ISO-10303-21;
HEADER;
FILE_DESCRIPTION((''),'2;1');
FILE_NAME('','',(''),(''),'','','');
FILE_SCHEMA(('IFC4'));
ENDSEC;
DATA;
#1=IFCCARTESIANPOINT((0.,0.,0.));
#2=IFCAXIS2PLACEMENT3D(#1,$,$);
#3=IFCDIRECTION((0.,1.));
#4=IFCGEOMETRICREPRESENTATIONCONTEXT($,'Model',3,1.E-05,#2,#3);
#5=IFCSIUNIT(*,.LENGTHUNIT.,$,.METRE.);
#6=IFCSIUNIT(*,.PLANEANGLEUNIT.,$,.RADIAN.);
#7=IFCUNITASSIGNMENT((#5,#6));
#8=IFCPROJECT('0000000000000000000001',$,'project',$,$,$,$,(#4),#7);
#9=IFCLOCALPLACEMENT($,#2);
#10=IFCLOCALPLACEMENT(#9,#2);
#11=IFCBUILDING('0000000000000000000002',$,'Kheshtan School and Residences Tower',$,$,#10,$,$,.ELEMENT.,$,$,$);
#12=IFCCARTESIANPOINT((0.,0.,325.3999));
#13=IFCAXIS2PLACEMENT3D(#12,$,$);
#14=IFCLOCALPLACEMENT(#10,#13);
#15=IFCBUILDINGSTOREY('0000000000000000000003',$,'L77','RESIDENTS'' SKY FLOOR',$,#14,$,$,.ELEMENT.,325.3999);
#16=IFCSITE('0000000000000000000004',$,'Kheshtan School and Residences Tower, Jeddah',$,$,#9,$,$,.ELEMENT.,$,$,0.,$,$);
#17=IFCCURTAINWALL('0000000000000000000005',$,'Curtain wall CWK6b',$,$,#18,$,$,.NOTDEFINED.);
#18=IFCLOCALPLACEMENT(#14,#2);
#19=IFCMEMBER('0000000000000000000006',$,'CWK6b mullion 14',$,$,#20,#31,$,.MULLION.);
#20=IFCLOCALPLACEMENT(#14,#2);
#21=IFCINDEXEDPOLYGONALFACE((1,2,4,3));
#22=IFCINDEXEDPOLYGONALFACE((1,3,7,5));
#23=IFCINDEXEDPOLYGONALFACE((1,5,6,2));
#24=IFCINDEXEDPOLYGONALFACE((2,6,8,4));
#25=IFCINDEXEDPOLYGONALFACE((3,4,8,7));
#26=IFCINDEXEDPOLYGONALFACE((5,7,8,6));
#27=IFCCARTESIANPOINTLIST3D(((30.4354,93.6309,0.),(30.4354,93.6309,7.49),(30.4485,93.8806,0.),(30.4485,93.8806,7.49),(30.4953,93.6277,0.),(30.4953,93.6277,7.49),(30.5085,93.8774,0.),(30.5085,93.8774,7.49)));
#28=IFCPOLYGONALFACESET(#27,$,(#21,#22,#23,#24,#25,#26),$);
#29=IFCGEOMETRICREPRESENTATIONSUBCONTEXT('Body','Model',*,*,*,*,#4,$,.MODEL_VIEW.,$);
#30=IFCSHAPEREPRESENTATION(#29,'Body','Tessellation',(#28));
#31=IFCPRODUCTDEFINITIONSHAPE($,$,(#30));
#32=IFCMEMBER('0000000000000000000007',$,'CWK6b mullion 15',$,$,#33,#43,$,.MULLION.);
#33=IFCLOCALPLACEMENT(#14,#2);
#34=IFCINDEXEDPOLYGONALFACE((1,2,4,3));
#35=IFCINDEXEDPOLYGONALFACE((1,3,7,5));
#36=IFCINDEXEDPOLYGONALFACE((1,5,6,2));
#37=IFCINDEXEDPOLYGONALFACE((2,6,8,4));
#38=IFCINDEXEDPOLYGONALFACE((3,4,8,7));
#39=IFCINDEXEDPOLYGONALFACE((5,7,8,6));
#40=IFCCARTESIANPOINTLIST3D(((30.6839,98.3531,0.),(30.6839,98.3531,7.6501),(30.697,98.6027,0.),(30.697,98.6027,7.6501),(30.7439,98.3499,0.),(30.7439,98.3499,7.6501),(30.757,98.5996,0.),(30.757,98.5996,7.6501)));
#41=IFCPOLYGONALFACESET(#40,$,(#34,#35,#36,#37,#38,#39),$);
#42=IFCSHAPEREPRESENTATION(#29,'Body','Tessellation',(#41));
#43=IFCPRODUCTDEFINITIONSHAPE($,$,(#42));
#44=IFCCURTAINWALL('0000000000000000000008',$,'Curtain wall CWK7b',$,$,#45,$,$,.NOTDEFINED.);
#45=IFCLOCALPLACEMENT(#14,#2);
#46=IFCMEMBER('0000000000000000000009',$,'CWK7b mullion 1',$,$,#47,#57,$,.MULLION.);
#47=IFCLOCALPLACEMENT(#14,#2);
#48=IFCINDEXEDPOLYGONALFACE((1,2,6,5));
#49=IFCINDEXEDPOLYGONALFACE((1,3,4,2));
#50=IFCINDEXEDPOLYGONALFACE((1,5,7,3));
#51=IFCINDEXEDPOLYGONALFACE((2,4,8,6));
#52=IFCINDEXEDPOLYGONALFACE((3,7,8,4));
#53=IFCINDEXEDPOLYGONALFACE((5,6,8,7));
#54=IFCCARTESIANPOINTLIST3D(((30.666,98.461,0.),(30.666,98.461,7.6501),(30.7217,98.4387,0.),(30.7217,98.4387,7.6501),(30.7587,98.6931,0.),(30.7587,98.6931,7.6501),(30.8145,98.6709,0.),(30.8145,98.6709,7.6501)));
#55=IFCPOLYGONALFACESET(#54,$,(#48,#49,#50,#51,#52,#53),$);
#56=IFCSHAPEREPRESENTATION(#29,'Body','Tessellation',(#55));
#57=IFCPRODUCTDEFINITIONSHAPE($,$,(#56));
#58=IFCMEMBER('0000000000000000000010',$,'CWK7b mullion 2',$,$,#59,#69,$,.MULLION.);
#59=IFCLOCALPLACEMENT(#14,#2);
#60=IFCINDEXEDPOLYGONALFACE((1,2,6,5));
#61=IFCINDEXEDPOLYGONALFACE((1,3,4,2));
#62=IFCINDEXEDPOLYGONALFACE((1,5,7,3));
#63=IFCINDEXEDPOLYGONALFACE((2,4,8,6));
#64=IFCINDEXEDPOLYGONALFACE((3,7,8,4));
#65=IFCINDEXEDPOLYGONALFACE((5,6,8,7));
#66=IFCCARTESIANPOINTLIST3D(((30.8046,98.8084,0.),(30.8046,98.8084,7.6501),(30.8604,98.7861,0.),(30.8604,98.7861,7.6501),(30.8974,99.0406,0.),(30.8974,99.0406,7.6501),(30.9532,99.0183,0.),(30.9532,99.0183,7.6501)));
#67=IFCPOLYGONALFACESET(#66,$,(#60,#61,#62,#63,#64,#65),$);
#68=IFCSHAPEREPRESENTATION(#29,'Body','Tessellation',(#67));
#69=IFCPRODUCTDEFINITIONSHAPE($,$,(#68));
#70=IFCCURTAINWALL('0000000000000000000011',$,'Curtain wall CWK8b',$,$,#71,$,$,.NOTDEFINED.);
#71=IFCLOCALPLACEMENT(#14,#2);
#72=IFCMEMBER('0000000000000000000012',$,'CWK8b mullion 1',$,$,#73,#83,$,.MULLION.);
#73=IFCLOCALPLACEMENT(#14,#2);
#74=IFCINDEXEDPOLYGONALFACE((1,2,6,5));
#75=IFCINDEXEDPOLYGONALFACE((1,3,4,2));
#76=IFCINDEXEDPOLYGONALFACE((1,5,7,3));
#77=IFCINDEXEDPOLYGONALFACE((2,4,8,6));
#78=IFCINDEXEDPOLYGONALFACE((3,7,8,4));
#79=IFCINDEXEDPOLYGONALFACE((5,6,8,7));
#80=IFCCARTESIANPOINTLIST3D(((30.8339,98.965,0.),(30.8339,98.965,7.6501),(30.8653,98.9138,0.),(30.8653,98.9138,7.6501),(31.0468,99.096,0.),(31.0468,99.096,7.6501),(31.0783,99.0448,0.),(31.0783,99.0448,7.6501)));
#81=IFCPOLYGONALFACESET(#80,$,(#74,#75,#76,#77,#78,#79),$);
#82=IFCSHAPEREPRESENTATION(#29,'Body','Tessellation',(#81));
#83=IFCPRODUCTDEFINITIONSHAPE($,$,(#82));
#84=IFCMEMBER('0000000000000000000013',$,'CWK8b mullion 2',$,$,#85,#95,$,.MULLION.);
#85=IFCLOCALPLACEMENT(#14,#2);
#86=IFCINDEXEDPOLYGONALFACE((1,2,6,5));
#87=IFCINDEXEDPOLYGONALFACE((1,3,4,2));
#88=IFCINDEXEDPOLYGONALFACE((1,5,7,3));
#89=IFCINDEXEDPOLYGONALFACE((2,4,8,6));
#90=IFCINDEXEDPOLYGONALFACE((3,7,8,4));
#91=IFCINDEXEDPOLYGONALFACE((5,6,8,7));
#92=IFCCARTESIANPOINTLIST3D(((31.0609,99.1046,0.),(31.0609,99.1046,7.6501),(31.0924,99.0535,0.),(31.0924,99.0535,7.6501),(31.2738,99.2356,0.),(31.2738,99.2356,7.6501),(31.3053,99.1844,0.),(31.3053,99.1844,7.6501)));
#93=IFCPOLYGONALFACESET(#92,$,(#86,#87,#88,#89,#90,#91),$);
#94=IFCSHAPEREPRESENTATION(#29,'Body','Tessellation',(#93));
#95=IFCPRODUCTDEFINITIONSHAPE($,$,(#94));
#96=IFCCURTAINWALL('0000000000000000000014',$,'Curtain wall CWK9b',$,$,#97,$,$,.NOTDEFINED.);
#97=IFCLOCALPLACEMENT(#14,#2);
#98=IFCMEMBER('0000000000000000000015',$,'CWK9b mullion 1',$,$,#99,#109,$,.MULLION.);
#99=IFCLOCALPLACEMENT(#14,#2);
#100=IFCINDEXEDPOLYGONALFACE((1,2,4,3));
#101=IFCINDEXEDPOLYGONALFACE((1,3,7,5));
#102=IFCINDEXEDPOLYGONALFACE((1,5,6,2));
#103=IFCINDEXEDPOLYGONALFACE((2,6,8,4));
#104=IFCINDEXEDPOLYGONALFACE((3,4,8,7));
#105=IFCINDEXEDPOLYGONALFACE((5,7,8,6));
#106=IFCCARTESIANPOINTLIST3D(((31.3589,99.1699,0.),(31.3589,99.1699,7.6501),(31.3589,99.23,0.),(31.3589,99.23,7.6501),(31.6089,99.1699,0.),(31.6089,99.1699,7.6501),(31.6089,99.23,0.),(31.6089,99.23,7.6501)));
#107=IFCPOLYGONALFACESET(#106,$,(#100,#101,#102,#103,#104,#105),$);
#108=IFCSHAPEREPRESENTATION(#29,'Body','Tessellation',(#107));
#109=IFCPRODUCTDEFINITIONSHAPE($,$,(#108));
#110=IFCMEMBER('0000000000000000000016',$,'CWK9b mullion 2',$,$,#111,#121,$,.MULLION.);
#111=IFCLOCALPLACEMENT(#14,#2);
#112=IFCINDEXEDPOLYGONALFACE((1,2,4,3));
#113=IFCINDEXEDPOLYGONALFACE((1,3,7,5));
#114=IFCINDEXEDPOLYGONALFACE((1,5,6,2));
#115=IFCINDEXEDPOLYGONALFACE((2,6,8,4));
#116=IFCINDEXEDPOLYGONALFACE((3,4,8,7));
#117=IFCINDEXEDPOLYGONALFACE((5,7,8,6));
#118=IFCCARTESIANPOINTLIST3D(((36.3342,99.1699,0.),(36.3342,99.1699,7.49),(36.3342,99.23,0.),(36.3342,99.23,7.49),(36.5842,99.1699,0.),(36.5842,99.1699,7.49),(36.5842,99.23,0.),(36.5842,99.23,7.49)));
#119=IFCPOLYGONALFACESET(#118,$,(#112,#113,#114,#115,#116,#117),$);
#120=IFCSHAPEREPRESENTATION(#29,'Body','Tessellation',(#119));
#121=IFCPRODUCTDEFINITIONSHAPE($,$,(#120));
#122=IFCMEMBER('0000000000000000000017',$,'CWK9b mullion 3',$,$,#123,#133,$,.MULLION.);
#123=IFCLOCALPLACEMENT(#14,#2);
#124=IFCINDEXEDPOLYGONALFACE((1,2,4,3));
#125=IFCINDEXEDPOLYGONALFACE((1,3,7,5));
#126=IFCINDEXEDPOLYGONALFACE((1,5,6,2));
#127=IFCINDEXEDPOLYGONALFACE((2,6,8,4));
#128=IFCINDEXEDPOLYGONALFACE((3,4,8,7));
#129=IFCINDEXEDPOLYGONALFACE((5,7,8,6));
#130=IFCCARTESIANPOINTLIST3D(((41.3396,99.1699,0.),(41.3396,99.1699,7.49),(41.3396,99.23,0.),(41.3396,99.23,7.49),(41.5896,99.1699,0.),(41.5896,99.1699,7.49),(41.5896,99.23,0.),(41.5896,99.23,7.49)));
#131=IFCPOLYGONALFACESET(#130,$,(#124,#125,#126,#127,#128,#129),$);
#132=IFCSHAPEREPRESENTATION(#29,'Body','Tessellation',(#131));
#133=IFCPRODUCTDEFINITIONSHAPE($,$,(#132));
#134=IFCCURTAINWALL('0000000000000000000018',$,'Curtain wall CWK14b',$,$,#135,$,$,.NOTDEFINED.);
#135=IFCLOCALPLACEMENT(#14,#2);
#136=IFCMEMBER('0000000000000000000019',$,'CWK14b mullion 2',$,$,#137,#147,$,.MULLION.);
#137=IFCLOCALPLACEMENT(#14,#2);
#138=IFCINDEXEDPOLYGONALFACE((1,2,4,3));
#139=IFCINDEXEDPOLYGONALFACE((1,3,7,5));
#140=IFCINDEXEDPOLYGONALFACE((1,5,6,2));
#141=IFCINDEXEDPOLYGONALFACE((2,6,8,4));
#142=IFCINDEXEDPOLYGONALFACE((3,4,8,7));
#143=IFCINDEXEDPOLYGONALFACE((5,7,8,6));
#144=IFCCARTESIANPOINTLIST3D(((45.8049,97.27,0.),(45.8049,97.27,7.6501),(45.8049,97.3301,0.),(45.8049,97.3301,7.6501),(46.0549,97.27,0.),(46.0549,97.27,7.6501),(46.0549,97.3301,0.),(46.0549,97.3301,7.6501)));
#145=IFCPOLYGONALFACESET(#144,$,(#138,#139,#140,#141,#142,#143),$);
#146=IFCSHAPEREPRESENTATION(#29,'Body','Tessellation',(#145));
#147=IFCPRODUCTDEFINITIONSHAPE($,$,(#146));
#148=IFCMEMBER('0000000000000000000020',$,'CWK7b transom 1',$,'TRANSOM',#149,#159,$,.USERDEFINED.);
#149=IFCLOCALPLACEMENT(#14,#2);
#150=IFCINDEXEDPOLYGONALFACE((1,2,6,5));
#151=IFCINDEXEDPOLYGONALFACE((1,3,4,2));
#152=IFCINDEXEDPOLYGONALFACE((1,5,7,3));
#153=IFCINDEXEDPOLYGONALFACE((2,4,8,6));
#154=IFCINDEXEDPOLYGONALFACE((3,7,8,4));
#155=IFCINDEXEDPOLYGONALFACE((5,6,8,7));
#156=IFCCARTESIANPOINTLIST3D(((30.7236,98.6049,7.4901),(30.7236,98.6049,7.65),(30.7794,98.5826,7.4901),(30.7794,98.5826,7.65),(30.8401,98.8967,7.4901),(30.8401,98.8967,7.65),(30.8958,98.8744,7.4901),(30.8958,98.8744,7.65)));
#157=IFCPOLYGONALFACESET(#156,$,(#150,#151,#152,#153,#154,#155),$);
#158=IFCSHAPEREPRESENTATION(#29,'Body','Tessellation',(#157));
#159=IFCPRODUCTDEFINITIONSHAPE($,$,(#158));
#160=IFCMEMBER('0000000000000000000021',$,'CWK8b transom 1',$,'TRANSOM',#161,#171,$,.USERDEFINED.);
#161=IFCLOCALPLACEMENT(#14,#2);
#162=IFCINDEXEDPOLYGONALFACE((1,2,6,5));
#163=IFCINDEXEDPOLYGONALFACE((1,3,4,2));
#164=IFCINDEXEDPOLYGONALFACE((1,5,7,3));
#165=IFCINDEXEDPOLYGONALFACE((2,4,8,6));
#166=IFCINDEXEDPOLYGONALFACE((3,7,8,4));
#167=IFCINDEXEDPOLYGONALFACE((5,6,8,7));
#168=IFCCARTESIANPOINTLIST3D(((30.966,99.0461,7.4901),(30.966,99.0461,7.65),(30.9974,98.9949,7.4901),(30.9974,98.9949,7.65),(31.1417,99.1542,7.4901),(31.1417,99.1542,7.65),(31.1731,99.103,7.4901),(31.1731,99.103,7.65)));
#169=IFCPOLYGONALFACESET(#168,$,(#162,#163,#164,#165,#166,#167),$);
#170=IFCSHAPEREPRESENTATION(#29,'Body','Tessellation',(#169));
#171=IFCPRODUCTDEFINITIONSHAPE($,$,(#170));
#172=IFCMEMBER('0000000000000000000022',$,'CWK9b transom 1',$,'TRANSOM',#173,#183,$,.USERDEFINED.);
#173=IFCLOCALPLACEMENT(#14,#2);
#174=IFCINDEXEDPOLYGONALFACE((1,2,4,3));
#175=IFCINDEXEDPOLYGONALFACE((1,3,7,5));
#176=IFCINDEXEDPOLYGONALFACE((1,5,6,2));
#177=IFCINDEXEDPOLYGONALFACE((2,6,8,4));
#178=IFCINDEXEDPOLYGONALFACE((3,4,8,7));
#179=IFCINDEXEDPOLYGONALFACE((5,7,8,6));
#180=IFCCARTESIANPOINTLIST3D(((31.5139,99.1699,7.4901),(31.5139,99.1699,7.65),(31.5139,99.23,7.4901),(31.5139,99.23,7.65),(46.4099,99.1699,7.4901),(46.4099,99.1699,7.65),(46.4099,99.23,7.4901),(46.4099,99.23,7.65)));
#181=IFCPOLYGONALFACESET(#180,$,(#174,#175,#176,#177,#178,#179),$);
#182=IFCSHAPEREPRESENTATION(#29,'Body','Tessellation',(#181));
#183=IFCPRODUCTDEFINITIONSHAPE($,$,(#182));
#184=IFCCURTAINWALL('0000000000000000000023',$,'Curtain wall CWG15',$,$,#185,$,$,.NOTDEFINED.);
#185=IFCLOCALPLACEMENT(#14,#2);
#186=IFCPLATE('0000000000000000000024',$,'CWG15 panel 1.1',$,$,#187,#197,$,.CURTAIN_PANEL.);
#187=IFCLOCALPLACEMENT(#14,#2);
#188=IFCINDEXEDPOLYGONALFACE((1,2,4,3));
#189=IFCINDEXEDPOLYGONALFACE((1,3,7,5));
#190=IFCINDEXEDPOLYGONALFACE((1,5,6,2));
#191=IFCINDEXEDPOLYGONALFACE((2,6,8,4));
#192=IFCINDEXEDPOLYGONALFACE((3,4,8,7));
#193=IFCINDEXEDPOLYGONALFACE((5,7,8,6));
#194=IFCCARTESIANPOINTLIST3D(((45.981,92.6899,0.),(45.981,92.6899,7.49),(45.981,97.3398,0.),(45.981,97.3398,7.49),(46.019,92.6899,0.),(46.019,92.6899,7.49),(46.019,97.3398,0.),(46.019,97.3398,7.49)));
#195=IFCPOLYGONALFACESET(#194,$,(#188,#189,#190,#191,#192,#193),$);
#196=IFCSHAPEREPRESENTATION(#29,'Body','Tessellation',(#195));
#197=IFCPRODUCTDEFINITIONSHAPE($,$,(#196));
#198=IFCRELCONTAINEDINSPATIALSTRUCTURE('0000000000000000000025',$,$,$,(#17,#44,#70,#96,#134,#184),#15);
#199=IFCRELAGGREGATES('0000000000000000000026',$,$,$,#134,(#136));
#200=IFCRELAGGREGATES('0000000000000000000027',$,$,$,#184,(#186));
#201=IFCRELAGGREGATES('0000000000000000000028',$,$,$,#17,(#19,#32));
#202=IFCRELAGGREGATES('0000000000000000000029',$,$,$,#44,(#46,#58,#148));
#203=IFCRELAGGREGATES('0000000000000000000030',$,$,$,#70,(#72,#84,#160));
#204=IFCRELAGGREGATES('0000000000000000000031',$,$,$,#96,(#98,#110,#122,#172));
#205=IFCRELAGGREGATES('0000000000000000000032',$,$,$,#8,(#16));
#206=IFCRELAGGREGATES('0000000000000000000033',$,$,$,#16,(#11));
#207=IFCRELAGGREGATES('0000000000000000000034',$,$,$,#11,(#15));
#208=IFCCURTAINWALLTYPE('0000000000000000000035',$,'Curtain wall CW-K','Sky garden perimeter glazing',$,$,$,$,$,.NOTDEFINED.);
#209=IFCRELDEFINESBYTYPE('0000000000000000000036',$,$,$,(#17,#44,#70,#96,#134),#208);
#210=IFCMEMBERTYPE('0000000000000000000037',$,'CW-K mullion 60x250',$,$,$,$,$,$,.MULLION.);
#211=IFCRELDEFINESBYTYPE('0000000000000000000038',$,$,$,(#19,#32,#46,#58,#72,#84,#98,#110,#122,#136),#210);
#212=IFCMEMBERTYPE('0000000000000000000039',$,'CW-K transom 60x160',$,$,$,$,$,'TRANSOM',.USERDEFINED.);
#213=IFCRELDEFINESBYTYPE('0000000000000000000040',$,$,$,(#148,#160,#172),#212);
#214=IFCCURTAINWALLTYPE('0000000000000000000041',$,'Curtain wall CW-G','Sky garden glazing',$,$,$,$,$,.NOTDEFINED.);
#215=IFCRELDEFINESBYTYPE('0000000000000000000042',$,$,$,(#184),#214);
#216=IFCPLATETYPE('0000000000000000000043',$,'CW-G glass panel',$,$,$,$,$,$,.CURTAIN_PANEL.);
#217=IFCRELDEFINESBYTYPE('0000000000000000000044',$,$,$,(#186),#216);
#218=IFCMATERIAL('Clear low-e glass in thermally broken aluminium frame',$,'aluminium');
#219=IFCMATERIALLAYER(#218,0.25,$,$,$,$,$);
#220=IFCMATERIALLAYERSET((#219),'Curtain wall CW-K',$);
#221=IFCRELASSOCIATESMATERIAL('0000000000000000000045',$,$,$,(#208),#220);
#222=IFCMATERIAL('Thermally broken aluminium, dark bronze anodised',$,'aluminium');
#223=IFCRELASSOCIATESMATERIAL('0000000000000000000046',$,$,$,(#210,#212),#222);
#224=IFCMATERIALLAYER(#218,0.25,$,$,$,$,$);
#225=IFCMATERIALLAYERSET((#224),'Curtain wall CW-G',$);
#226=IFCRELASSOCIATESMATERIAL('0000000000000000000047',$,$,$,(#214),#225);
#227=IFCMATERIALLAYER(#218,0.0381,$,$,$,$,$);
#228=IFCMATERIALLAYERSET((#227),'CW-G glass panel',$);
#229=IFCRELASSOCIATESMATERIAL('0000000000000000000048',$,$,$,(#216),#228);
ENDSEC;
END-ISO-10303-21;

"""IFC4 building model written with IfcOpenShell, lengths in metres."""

from ifc_helpers import new_model, si_unit, direction, frame, origin, origin_2d, place, context, subcontext, project, spatial, rectangle, extrude, material, layer, layer_set, material_profile, profile_set, type_object, element, aggregate, save


model = new_model("IFC4")

# Units and contexts
model_context = context("Model", 3, precision=1e-05, world=origin(), true_north=direction((0.0, 1.0)))
body_context = subcontext(model_context, "Body", "Model", "MODEL_VIEW")
ifc_project = project(units=[si_unit("LENGTHUNIT", "METRE"), si_unit("PLANEANGLEUNIT", "RADIAN")], contexts=[model_context])

# Site, building, storey
site_placement = place(None, origin())
site = spatial("IfcSite", under=ifc_project, at=site_placement, Name="Kheshtan School and Residences Tower, Jeddah", CompositionType="ELEMENT", RefElevation=0.0)
building_placement = place(site_placement, origin())
building = spatial("IfcBuilding", under=site, at=building_placement, Name="Kheshtan School and Residences Tower", CompositionType="ELEMENT")
storey_placement = place(building_placement, frame((0.0, 0.0, 325.3999)))
storey = spatial("IfcBuildingStorey", under=building, at=storey_placement, Name="L77", Description="RESIDENTS' SKY FLOOR", CompositionType="ELEMENT", Elevation=325.3999)

# Curtain walls, members
ifc_material_1 = material(Name="Clear low-e glass in thermally broken aluminium frame", Category="aluminium")
ifc_layer_1 = layer(ifc_material_1, 0.25)
ifc_layer_set_1 = layer_set([ifc_layer_1], Name="Curtain wall CW-K")
curtain_wall_type_1 = type_object("IfcCurtainWallType", Name="Curtain wall CW-K", Description="Sky garden perimeter glazing", PredefinedType="NOTDEFINED", material=ifc_layer_set_1)
curtain_wall_1_placement = place(storey_placement, origin())
curtain_wall_1 = element("IfcCurtainWall", 1, at=curtain_wall_1_placement, inside=storey, type_object=curtain_wall_type_1, Name="Curtain wall CWK6b", PredefinedType="NOTDEFINED")
ifc_material_2 = material(Name="Thermally broken aluminium, dark bronze anodised", Category="aluminium")
ifc_material_profile_1 = material_profile(ifc_material_2, rectangle(XDim=0.0601, YDim=0.25, at=origin_2d()), Name="CW-K mullion 60x250")
ifc_profile_set_1 = profile_set([ifc_material_profile_1], Name="Thermally broken aluminium, dark bronze anodised")
member_type_1 = type_object("IfcMemberType", Name="CW-K mullion 60x250", PredefinedType="MULLION", material=ifc_profile_set_1)
member_1_placement = place(storey_placement, frame((30.4719, 93.7542, 0.0), z_axis=(0.0, 0.0, 1.0), x_axis=(-0.998617, 0.052565, 0.0)))
member_1 = element("IfcMember", 2, at=member_1_placement, type_object=member_type_1, Name="CWK6b mullion 14", PredefinedType="MULLION", context=body_context, shape_type="SweptSolid", body=[
    extrude(rectangle(XDim=0.0601, YDim=0.25, at=origin_2d()), origin(), (0.0, 0.0, 1.0), 7.49),
])
member_2_placement = place(storey_placement, frame((30.7205, 98.4763, 0.0), z_axis=(0.0, 0.0, 1.0), x_axis=(-0.998617, 0.052565, 0.0)))
member_2 = element("IfcMember", 3, at=member_2_placement, type_object=member_type_1, Name="CWK6b mullion 15", PredefinedType="MULLION", context=body_context, shape_type="SweptSolid", body=[
    extrude(rectangle(XDim=0.0601, YDim=0.25, at=origin_2d()), origin(), (0.0, 0.0, 1.0), 7.6501),
])
curtain_wall_2_placement = place(storey_placement, origin())
curtain_wall_2 = element("IfcCurtainWall", 4, at=curtain_wall_2_placement, inside=storey, type_object=curtain_wall_type_1, Name="Curtain wall CWK7b", PredefinedType="NOTDEFINED")
member_3_placement = place(storey_placement, frame((30.7402, 98.5659, 0.0), z_axis=(0.0, 0.0, 1.0), x_axis=(-0.928636, 0.370993, 0.0)))
member_3 = element("IfcMember", 5, at=member_3_placement, type_object=member_type_1, Name="CWK7b mullion 1", PredefinedType="MULLION", context=body_context, shape_type="SweptSolid", body=[
    extrude(rectangle(XDim=0.0601, YDim=0.25, at=origin_2d()), origin(), (0.0, 0.0, 1.0), 7.6501),
])
member_4_placement = place(storey_placement, frame((30.8789, 98.9133, 0.0), z_axis=(0.0, 0.0, 1.0), x_axis=(-0.928636, 0.370993, 0.0)))
member_4 = element("IfcMember", 6, at=member_4_placement, type_object=member_type_1, Name="CWK7b mullion 2", PredefinedType="MULLION", context=body_context, shape_type="SweptSolid", body=[
    extrude(rectangle(XDim=0.0601, YDim=0.25, at=origin_2d()), origin(), (0.0, 0.0, 1.0), 7.6501),
])
curtain_wall_3_placement = place(storey_placement, origin())
curtain_wall_3 = element("IfcCurtainWall", 7, at=curtain_wall_3_placement, inside=storey, type_object=curtain_wall_type_1, Name="Curtain wall CWK8b", PredefinedType="NOTDEFINED")
member_5_placement = place(storey_placement, frame((30.9561, 99.0049, 0.0), z_axis=(0.0, 0.0, 1.0), x_axis=(-0.523926, 0.851763, 0.0)))
member_5 = element("IfcMember", 8, at=member_5_placement, type_object=member_type_1, Name="CWK8b mullion 1", PredefinedType="MULLION", context=body_context, shape_type="SweptSolid", body=[
    extrude(rectangle(XDim=0.0601, YDim=0.25, at=origin_2d()), origin(), (0.0, 0.0, 1.0), 7.6501),
])
member_6_placement = place(storey_placement, frame((31.1831, 99.1445, 0.0), z_axis=(0.0, 0.0, 1.0), x_axis=(-0.523926, 0.851763, 0.0)))
member_6 = element("IfcMember", 9, at=member_6_placement, type_object=member_type_1, Name="CWK8b mullion 2", PredefinedType="MULLION", context=body_context, shape_type="SweptSolid", body=[
    extrude(rectangle(XDim=0.0601, YDim=0.25, at=origin_2d()), origin(), (0.0, 0.0, 1.0), 7.6501),
])
curtain_wall_4_placement = place(storey_placement, origin())
curtain_wall_4 = element("IfcCurtainWall", 10, at=curtain_wall_4_placement, inside=storey, type_object=curtain_wall_type_1, Name="Curtain wall CWK9b", PredefinedType="NOTDEFINED")
member_7_placement = place(storey_placement, frame((31.4839, 99.2, 0.0), z_axis=(0.0, 0.0, 1.0), x_axis=(0.0, 1.0, 0.0)))
member_7 = element("IfcMember", 11, at=member_7_placement, type_object=member_type_1, Name="CWK9b mullion 1", PredefinedType="MULLION", context=body_context, shape_type="SweptSolid", body=[
    extrude(rectangle(XDim=0.0601, YDim=0.25, at=origin_2d()), origin(), (0.0, 0.0, 1.0), 7.6501),
])
member_8_placement = place(storey_placement, frame((36.4592, 99.2, 0.0), z_axis=(0.0, 0.0, 1.0), x_axis=(0.0, 1.0, 0.0)))
member_8 = element("IfcMember", 12, at=member_8_placement, type_object=member_type_1, Name="CWK9b mullion 2", PredefinedType="MULLION", context=body_context, shape_type="SweptSolid", body=[
    extrude(rectangle(XDim=0.0601, YDim=0.25, at=origin_2d()), origin(), (0.0, 0.0, 1.0), 7.49),
])
member_9_placement = place(storey_placement, frame((41.4646, 99.2, 0.0), z_axis=(0.0, 0.0, 1.0), x_axis=(0.0, 1.0, 0.0)))
member_9 = element("IfcMember", 13, at=member_9_placement, type_object=member_type_1, Name="CWK9b mullion 3", PredefinedType="MULLION", context=body_context, shape_type="SweptSolid", body=[
    extrude(rectangle(XDim=0.0601, YDim=0.25, at=origin_2d()), origin(), (0.0, 0.0, 1.0), 7.49),
])

# Curtain wall, member
curtain_wall_5_placement = place(storey_placement, origin())
curtain_wall_5 = element("IfcCurtainWall", 14, at=curtain_wall_5_placement, inside=storey, type_object=curtain_wall_type_1, Name="Curtain wall CWK14b", PredefinedType="NOTDEFINED")
member_10_placement = place(storey_placement, frame((45.9299, 97.3, 0.0), z_axis=(0.0, 0.0, 1.0), x_axis=(0.0, -1.0, 0.0)))
member_10 = element("IfcMember", 15, at=member_10_placement, type_object=member_type_1, Name="CWK14b mullion 2", PredefinedType="MULLION", context=body_context, shape_type="SweptSolid", body=[
    extrude(rectangle(XDim=0.0601, YDim=0.25, at=origin_2d()), origin(), (0.0, 0.0, 1.0), 7.6501),
])
aggregate(curtain_wall_5, [member_10])

# Members
ifc_material_profile_2 = material_profile(ifc_material_2, rectangle(XDim=0.0601, YDim=0.1599, at=origin_2d()), Name="CW-K transom 60x160")
ifc_profile_set_2 = profile_set([ifc_material_profile_2], Name="Thermally broken aluminium, dark bronze anodised")
member_type_2 = type_object("IfcMemberType", Name="CW-K transom 60x160", ElementType="TRANSOM", PredefinedType="USERDEFINED", material=ifc_profile_set_2)
member_11_placement = place(storey_placement, frame((30.7515, 98.5938, 7.5701), z_axis=(0.370721, 0.928744, 0.0), x_axis=(-0.928744, 0.370721, 0.0)))
member_11 = element("IfcMember", 16, at=member_11_placement, type_object=member_type_2, Name="CWK7b transom 1", ObjectType="TRANSOM", PredefinedType="USERDEFINED", context=body_context, shape_type="SweptSolid", body=[
    extrude(rectangle(XDim=0.0601, YDim=0.1599, at=origin_2d()), origin(), (0.0, 0.0, 1.0), 0.3142),
])
member_12_placement = place(storey_placement, frame((30.9817, 99.0205, 7.5701), z_axis=(0.851699, 0.524031, 0.0), x_axis=(-0.524031, 0.851699, 0.0)))
member_12 = element("IfcMember", 17, at=member_12_placement, type_object=member_type_2, Name="CWK8b transom 1", ObjectType="TRANSOM", PredefinedType="USERDEFINED", context=body_context, shape_type="SweptSolid", body=[
    extrude(rectangle(XDim=0.0601, YDim=0.1599, at=origin_2d()), origin(), (0.0, 0.0, 1.0), 0.2063),
])
member_13_placement = place(storey_placement, frame((31.5139, 99.2, 7.5701), z_axis=(1.0, 0.0, 0.0), x_axis=(0.0, 1.0, 0.0)))
member_13 = element("IfcMember", 18, at=member_13_placement, type_object=member_type_2, Name="CWK9b transom 1", ObjectType="TRANSOM", PredefinedType="USERDEFINED", context=body_context, shape_type="SweptSolid", body=[
    extrude(rectangle(XDim=0.0601, YDim=0.1599, at=origin_2d()), origin(), (0.0, 0.0, 1.0), 14.896),
])

# Curtain wall, plate
ifc_layer_2 = layer(ifc_material_1, 0.25)
ifc_layer_set_2 = layer_set([ifc_layer_2], Name="Curtain wall CW-G")
curtain_wall_type_2 = type_object("IfcCurtainWallType", Name="Curtain wall CW-G", Description="Sky garden glazing", PredefinedType="NOTDEFINED", material=ifc_layer_set_2)
curtain_wall_6_placement = place(storey_placement, origin())
curtain_wall_6 = element("IfcCurtainWall", 19, at=curtain_wall_6_placement, inside=storey, type_object=curtain_wall_type_2, Name="Curtain wall CWG15", PredefinedType="NOTDEFINED")
ifc_layer_3 = layer(ifc_material_1, 0.0381)
ifc_layer_set_3 = layer_set([ifc_layer_3], Name="CW-G glass panel")
plate_type_1 = type_object("IfcPlateType", Name="CW-G glass panel", PredefinedType="CURTAIN_PANEL", material=ifc_layer_set_3)
plate_1_placement = place(storey_placement, frame((46.0, 95.0149, 0.0), z_axis=(0.0, 0.0, 1.0), x_axis=(0.0, -1.0, 0.0)))
plate_1 = element("IfcPlate", 20, at=plate_1_placement, type_object=plate_type_1, Name="CWG15 panel 1.1", PredefinedType="CURTAIN_PANEL", context=body_context, shape_type="SweptSolid", body=[
    extrude(rectangle(XDim=4.6499, YDim=0.0381, at=origin_2d()), origin(), (0.0, 0.0, 1.0), 7.49),
])
aggregate(curtain_wall_6, [plate_1])

aggregate(curtain_wall_1, [member_1, member_2])
aggregate(curtain_wall_2, [member_3, member_4, member_11])
aggregate(curtain_wall_3, [member_5, member_6, member_12])
aggregate(curtain_wall_4, [member_7, member_8, member_9, member_13])

save(model, "model.ifc")
